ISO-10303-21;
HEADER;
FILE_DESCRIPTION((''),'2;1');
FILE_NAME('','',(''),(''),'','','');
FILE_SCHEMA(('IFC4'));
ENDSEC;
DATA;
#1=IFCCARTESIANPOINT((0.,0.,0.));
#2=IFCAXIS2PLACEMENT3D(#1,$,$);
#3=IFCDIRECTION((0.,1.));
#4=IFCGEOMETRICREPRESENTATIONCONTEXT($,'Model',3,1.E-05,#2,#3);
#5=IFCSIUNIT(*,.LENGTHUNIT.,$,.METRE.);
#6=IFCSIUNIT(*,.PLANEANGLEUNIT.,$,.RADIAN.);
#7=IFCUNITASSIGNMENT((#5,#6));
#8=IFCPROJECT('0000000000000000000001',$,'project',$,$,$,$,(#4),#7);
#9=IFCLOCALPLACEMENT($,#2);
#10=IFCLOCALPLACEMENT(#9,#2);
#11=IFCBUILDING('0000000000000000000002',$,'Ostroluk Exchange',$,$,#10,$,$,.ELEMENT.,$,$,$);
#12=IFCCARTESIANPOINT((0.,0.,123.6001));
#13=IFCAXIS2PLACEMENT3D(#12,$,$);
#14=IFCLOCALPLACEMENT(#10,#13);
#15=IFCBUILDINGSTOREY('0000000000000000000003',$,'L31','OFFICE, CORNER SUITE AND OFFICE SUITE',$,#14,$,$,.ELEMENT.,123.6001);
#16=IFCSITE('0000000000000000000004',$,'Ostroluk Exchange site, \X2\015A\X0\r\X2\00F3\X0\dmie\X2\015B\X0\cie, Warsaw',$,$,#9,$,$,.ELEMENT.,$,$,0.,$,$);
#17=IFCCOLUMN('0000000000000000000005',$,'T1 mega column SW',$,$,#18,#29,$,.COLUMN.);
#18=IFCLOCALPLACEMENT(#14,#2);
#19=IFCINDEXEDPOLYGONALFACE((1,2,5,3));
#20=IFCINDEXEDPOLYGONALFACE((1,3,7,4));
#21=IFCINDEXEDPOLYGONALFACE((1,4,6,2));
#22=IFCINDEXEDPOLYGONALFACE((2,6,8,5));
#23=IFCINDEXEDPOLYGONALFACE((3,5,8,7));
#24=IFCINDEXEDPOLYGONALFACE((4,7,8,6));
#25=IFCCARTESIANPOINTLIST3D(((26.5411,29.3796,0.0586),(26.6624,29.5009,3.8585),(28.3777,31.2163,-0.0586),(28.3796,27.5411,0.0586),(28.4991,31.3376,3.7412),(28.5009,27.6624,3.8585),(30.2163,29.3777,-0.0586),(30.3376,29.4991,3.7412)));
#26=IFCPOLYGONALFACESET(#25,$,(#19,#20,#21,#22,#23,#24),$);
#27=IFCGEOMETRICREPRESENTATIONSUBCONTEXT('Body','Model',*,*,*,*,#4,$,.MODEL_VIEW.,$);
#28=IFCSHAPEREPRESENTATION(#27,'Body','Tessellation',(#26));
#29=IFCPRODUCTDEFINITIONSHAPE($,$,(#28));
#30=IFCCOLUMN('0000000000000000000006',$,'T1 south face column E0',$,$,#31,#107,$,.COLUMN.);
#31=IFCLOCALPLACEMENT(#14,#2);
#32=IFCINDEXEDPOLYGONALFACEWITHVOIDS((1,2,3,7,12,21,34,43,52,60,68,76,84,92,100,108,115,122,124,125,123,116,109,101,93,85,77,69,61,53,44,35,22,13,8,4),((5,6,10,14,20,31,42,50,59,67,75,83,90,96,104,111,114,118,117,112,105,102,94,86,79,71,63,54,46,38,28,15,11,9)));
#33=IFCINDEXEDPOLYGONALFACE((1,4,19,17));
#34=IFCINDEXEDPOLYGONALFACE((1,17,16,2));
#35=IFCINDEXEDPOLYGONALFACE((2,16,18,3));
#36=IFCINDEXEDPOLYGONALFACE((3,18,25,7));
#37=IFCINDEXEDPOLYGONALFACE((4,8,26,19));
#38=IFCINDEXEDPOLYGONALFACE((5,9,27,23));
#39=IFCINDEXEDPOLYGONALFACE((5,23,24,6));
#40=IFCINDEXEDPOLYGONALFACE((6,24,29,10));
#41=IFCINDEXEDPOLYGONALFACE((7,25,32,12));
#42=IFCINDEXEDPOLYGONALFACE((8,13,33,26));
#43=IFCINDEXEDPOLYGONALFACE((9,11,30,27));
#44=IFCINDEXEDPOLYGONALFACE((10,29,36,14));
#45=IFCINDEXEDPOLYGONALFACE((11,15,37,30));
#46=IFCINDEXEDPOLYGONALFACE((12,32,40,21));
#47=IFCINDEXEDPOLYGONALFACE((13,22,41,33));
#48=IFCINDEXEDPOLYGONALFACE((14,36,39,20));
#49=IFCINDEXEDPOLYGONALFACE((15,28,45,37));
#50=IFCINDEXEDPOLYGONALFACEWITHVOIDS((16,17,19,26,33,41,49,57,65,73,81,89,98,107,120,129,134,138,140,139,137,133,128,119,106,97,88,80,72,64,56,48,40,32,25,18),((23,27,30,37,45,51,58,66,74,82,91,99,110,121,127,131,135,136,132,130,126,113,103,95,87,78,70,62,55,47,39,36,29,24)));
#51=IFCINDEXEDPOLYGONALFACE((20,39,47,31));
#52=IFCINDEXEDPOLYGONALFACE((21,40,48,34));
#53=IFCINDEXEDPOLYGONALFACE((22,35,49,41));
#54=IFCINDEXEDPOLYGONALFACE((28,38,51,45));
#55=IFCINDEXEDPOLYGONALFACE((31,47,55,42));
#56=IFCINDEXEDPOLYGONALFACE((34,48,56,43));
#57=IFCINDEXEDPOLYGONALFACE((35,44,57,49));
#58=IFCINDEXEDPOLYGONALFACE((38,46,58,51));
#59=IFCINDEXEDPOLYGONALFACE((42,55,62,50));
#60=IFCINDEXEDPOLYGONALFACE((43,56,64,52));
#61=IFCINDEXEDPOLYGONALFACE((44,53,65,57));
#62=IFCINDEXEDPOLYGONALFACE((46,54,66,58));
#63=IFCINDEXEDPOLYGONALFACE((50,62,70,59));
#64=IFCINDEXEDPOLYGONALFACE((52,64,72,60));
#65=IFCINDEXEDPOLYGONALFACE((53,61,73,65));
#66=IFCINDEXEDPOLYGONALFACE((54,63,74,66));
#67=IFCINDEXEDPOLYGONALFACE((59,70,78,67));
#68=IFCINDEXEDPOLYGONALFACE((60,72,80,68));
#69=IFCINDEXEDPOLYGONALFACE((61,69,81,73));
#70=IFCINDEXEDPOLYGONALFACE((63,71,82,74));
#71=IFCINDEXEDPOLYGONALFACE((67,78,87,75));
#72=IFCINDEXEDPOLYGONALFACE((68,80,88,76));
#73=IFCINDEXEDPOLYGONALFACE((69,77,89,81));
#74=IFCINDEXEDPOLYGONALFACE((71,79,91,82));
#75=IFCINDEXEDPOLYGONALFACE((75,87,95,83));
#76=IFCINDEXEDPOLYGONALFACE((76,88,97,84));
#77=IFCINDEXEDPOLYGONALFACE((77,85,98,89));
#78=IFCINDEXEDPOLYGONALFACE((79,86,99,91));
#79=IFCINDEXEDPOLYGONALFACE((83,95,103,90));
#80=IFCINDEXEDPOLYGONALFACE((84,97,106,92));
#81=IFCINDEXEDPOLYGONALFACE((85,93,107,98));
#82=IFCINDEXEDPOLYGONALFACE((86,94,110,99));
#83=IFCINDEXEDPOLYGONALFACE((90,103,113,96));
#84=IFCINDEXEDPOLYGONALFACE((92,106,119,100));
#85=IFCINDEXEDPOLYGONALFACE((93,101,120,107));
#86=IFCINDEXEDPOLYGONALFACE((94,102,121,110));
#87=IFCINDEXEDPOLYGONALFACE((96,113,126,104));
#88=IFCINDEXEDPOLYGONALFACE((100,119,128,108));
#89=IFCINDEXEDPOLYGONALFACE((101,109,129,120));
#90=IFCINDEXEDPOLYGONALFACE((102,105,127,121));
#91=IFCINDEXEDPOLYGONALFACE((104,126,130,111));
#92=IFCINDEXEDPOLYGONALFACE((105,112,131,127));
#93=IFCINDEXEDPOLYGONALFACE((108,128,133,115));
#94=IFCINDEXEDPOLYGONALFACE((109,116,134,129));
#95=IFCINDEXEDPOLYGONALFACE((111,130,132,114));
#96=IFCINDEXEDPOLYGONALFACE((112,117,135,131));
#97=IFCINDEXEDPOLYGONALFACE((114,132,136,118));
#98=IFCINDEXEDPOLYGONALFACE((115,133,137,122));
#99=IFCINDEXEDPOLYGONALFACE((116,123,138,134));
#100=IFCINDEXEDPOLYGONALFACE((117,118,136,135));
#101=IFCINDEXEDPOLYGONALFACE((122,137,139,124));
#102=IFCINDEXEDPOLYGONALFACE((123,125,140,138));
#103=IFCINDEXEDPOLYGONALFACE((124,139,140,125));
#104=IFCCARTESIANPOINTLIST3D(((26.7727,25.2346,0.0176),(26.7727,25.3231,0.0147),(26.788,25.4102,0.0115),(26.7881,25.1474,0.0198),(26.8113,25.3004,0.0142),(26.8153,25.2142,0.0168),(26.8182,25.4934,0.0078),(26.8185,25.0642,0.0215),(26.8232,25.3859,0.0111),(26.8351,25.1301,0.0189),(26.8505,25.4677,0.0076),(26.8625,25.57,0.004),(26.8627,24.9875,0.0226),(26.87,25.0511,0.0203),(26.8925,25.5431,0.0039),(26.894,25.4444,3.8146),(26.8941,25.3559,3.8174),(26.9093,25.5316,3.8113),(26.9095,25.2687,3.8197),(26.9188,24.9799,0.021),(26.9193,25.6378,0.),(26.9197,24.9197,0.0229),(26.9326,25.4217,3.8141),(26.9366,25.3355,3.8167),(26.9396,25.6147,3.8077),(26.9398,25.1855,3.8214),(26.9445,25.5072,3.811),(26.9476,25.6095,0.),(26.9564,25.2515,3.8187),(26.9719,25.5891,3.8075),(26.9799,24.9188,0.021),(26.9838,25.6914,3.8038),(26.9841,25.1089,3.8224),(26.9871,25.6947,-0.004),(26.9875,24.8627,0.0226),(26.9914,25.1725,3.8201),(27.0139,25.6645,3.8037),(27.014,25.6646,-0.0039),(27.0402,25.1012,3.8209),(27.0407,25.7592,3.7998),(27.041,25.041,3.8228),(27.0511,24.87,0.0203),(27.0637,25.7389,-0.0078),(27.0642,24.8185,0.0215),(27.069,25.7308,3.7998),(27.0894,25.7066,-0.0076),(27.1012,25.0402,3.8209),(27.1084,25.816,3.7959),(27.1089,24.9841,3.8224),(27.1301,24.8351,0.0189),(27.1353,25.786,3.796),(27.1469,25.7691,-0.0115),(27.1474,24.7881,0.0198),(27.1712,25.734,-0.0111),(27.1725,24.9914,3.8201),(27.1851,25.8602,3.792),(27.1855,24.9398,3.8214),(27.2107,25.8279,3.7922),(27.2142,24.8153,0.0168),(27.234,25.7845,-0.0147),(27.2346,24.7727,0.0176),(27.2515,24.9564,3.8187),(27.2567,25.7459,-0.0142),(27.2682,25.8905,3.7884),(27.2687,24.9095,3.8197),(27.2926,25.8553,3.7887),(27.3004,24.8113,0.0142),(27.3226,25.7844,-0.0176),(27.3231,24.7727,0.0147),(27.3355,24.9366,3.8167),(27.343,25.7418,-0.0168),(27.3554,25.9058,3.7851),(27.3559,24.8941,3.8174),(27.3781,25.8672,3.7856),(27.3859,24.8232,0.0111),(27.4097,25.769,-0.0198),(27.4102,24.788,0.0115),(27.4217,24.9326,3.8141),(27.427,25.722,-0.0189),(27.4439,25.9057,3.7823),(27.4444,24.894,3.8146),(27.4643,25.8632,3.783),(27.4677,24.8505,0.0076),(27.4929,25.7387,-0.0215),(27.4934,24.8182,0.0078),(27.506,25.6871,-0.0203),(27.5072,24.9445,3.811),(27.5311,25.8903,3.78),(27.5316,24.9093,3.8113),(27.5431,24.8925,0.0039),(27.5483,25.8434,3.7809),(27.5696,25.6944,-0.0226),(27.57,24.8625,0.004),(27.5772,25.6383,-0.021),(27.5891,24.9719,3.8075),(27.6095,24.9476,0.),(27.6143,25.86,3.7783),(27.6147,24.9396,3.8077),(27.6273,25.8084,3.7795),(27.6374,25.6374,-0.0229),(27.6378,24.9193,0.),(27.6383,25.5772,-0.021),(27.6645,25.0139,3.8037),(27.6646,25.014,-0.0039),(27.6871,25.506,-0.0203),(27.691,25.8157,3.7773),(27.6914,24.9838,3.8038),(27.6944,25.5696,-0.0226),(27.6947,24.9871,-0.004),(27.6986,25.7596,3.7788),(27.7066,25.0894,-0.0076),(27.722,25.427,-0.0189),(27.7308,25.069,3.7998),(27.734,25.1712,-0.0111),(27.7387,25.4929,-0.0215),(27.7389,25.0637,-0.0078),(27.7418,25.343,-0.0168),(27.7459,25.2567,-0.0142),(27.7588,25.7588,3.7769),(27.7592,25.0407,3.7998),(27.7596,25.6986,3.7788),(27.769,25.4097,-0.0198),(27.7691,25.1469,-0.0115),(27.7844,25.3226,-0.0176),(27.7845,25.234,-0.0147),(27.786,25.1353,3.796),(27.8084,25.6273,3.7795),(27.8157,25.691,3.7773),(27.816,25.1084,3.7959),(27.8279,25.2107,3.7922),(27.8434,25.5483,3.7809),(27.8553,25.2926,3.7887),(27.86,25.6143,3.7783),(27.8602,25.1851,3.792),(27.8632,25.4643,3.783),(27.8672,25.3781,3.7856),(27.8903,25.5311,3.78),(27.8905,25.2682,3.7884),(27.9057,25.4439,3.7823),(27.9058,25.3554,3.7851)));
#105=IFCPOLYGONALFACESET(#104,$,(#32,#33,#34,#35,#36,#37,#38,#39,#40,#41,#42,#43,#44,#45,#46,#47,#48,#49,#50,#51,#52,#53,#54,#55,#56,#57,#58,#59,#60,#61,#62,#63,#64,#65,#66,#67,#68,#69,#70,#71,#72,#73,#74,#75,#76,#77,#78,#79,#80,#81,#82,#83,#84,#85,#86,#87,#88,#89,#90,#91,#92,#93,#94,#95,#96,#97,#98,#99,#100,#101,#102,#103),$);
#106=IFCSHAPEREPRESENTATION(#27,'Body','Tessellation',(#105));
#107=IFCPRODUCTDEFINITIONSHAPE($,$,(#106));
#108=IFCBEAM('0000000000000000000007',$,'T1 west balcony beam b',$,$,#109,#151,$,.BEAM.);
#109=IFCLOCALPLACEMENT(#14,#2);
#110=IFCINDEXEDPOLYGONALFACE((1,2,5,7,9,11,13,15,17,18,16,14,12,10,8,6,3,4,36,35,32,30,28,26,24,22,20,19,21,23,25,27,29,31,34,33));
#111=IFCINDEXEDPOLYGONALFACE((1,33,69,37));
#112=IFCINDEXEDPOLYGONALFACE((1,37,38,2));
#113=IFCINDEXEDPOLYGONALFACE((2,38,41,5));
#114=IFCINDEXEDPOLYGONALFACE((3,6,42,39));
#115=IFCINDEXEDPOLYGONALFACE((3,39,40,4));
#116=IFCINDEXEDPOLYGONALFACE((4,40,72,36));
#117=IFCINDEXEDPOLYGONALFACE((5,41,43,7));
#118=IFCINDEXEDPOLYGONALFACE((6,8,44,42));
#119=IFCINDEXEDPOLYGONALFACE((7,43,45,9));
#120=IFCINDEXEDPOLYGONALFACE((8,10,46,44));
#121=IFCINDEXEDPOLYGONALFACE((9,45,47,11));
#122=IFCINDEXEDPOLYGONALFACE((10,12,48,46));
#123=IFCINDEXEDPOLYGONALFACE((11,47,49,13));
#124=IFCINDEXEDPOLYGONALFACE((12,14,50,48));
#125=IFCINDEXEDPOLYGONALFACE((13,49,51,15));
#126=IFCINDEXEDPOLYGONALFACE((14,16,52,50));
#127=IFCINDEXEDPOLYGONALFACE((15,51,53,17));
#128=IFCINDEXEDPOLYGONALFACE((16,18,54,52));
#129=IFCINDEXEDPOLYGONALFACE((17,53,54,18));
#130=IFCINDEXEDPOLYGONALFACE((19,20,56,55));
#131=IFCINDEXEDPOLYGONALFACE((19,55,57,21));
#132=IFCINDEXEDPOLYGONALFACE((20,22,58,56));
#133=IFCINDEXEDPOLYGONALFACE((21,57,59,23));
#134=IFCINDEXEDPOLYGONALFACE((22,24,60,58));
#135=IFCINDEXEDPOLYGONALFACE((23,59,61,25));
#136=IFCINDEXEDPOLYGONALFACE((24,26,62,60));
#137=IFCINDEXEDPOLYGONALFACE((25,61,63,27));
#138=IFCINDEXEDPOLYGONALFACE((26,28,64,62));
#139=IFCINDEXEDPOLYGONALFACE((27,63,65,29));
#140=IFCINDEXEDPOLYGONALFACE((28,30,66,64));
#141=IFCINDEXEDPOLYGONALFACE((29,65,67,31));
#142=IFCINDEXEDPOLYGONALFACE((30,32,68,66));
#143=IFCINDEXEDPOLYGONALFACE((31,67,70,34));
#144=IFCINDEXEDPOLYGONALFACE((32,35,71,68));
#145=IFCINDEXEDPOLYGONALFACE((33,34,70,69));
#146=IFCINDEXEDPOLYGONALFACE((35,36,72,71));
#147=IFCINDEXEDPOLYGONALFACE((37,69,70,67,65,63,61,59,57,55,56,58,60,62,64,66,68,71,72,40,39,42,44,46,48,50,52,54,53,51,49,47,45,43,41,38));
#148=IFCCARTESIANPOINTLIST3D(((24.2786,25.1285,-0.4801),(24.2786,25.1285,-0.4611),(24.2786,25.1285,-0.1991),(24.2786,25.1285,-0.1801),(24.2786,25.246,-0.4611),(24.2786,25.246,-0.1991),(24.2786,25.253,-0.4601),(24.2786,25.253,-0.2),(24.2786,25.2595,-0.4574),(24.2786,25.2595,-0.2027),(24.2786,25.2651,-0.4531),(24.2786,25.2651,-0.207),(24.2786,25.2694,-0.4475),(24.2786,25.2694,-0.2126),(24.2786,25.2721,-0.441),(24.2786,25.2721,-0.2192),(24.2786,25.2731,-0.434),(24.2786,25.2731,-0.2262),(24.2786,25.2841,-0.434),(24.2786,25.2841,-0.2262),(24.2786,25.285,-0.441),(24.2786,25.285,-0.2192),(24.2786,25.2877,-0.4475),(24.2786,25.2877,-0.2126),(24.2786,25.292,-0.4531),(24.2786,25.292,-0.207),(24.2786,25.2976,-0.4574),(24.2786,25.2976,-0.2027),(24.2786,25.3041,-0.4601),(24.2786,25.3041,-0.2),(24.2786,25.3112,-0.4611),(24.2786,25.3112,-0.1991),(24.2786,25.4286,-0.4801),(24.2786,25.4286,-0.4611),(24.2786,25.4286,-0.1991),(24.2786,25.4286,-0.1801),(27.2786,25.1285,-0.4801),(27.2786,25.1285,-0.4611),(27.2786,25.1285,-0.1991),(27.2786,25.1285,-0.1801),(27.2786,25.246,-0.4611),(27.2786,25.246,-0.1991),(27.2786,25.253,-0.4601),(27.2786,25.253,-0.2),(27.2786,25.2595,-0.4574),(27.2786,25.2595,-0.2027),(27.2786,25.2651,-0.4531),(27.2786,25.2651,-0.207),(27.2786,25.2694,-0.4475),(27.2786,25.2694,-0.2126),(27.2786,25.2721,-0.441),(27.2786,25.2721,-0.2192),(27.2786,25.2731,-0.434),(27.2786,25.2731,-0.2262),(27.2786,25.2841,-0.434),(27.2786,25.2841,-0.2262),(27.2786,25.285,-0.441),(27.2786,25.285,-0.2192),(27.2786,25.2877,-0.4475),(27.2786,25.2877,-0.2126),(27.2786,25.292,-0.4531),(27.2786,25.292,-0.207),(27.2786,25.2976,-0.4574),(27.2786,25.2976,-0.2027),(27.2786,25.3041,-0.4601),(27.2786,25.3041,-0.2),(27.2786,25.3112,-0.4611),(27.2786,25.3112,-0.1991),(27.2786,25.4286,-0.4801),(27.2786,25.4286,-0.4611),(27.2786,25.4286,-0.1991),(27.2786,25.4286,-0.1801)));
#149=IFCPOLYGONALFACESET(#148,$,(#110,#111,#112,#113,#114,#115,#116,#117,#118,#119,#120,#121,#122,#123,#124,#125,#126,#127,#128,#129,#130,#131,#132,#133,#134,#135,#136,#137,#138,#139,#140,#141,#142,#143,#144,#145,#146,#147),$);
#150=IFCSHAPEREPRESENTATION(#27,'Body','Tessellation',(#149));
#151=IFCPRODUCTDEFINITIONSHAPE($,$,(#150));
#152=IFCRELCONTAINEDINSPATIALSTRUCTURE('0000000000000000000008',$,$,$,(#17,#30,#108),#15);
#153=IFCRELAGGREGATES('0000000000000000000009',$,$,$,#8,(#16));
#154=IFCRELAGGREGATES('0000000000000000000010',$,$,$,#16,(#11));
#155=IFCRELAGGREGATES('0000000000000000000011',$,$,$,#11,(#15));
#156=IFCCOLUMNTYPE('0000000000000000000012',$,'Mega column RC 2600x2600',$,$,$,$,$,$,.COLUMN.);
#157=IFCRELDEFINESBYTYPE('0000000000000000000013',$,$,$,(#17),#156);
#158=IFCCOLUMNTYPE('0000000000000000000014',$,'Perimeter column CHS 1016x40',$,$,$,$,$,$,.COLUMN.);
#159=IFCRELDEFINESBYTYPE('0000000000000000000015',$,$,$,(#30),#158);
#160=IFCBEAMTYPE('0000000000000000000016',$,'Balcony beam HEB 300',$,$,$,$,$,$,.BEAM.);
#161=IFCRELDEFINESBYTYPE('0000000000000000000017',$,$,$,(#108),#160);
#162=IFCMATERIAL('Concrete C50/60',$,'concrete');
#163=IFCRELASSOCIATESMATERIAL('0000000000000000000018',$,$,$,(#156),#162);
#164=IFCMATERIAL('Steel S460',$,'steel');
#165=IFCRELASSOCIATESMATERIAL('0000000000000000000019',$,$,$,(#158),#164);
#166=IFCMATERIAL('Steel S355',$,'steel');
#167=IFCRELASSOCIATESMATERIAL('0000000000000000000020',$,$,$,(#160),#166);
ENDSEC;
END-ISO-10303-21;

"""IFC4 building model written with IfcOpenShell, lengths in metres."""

from ifc_helpers import new_model, si_unit, direction, frame, origin, origin_2d, place, context, subcontext, project, spatial, rectangle, hollow_circle, i_section, extrude, material, material_profile, profile_set, type_object, element, save


model = new_model("IFC4")

# Units and contexts
model_context = context("Model", 3, precision=1e-05, world=origin(), true_north=direction((0.0, 1.0)))
body_context = subcontext(model_context, "Body", "Model", "MODEL_VIEW")
ifc_project = project(units=[si_unit("LENGTHUNIT", "METRE"), si_unit("PLANEANGLEUNIT", "RADIAN")], contexts=[model_context])

# Site, building, storey
site_placement = place(None, origin())
site = spatial("IfcSite", under=ifc_project, at=site_placement, Name="Ostroluk Exchange site, Śródmieście, Warsaw", CompositionType="ELEMENT", RefElevation=0.0)
building_placement = place(site_placement, origin())
building = spatial("IfcBuilding", under=site, at=building_placement, Name="Ostroluk Exchange", CompositionType="ELEMENT")
storey_placement = place(building_placement, frame((0.0, 0.0, 123.6001)))
storey = spatial("IfcBuildingStorey", under=building, at=storey_placement, Name="L31", Description="OFFICE, CORNER SUITE AND OFFICE SUITE", CompositionType="ELEMENT", Elevation=123.6001)

# Columns
ifc_material_1 = material(Name="Concrete C50/60", Category="concrete")
ifc_material_profile_1 = material_profile(ifc_material_1, rectangle(XDim=2.6001, YDim=2.6001, at=origin_2d()), Name="RC 2600x2600")
ifc_profile_set_1 = profile_set([ifc_material_profile_1], Name="Concrete C50/60")
column_type_1 = type_object("IfcColumnType", Name="Mega column RC 2600x2600", PredefinedType="COLUMN", material=ifc_profile_set_1)
column_1_placement = place(storey_placement, frame((28.3787, 29.3787, 0.0), z_axis=(0.0319, 0.0319, 0.998982), x_axis=(-0.707107, 0.707107, 0.0)))
element("IfcColumn", 1, at=column_1_placement, inside=storey, type_object=column_type_1, Name="T1 mega column SW", PredefinedType="COLUMN", context=body_context, shape_type="SweptSolid", body=[
    extrude(rectangle(XDim=2.6001, YDim=2.6001, at=origin_2d()), origin(), (0.0, 0.0, 1.0), 3.8037),
])
ifc_material_2 = material(Name="Steel S460", Category="steel")
ifc_material_profile_2 = material_profile(ifc_material_2, hollow_circle(Radius=0.5081, WallThickness=0.04, at=origin_2d()), Name="CHS 1016x40")
ifc_profile_set_2 = profile_set([ifc_material_profile_2], Name="Steel S460")
column_type_2 = type_object("IfcColumnType", Name="Perimeter column CHS 1016x40", PredefinedType="COLUMN", material=ifc_profile_set_2)
column_2_placement = place(storey_placement, frame((27.2786, 25.2786, 0.0), z_axis=(0.0319, 0.0319, 0.998982), x_axis=(-0.707107, 0.707107, 0.0)))
element("IfcColumn", 2, at=column_2_placement, inside=storey, type_object=column_type_2, Name="T1 south face column E0", PredefinedType="COLUMN", context=body_context, shape_type="SweptSolid", body=[
    extrude(hollow_circle(Radius=0.5081, WallThickness=0.04, at=origin_2d()), origin(), (0.0, 0.0, 1.0), 3.8037),
])

# Beam
ifc_material_3 = material(Name="Steel S355", Category="steel")
ifc_material_profile_3 = material_profile(ifc_material_3, i_section(OverallWidth=0.3, OverallDepth=0.3, WebThickness=0.011, FlangeThickness=0.019, FilletRadius=0.0271, at=origin_2d()), Name="HEB 300")
ifc_profile_set_3 = profile_set([ifc_material_profile_3], Name="Steel S355")
beam_type_1 = type_object("IfcBeamType", Name="Balcony beam HEB 300", PredefinedType="BEAM", material=ifc_profile_set_3)
beam_1_placement = place(storey_placement, frame((27.2786, 25.2786, -0.3301), z_axis=(-1.0, 0.0, 0.0), x_axis=(0.0, -1.0, 0.0)))
element("IfcBeam", 3, at=beam_1_placement, inside=storey, type_object=beam_type_1, Name="T1 west balcony beam b", PredefinedType="BEAM", context=body_context, shape_type="SweptSolid", body=[
    extrude(i_section(OverallWidth=0.3, OverallDepth=0.3, WebThickness=0.011, FlangeThickness=0.019, FilletRadius=0.0271, at=origin_2d()), origin(), (0.0, 0.0, 1.0), 3.0),
])

save(model, "model.ifc")
